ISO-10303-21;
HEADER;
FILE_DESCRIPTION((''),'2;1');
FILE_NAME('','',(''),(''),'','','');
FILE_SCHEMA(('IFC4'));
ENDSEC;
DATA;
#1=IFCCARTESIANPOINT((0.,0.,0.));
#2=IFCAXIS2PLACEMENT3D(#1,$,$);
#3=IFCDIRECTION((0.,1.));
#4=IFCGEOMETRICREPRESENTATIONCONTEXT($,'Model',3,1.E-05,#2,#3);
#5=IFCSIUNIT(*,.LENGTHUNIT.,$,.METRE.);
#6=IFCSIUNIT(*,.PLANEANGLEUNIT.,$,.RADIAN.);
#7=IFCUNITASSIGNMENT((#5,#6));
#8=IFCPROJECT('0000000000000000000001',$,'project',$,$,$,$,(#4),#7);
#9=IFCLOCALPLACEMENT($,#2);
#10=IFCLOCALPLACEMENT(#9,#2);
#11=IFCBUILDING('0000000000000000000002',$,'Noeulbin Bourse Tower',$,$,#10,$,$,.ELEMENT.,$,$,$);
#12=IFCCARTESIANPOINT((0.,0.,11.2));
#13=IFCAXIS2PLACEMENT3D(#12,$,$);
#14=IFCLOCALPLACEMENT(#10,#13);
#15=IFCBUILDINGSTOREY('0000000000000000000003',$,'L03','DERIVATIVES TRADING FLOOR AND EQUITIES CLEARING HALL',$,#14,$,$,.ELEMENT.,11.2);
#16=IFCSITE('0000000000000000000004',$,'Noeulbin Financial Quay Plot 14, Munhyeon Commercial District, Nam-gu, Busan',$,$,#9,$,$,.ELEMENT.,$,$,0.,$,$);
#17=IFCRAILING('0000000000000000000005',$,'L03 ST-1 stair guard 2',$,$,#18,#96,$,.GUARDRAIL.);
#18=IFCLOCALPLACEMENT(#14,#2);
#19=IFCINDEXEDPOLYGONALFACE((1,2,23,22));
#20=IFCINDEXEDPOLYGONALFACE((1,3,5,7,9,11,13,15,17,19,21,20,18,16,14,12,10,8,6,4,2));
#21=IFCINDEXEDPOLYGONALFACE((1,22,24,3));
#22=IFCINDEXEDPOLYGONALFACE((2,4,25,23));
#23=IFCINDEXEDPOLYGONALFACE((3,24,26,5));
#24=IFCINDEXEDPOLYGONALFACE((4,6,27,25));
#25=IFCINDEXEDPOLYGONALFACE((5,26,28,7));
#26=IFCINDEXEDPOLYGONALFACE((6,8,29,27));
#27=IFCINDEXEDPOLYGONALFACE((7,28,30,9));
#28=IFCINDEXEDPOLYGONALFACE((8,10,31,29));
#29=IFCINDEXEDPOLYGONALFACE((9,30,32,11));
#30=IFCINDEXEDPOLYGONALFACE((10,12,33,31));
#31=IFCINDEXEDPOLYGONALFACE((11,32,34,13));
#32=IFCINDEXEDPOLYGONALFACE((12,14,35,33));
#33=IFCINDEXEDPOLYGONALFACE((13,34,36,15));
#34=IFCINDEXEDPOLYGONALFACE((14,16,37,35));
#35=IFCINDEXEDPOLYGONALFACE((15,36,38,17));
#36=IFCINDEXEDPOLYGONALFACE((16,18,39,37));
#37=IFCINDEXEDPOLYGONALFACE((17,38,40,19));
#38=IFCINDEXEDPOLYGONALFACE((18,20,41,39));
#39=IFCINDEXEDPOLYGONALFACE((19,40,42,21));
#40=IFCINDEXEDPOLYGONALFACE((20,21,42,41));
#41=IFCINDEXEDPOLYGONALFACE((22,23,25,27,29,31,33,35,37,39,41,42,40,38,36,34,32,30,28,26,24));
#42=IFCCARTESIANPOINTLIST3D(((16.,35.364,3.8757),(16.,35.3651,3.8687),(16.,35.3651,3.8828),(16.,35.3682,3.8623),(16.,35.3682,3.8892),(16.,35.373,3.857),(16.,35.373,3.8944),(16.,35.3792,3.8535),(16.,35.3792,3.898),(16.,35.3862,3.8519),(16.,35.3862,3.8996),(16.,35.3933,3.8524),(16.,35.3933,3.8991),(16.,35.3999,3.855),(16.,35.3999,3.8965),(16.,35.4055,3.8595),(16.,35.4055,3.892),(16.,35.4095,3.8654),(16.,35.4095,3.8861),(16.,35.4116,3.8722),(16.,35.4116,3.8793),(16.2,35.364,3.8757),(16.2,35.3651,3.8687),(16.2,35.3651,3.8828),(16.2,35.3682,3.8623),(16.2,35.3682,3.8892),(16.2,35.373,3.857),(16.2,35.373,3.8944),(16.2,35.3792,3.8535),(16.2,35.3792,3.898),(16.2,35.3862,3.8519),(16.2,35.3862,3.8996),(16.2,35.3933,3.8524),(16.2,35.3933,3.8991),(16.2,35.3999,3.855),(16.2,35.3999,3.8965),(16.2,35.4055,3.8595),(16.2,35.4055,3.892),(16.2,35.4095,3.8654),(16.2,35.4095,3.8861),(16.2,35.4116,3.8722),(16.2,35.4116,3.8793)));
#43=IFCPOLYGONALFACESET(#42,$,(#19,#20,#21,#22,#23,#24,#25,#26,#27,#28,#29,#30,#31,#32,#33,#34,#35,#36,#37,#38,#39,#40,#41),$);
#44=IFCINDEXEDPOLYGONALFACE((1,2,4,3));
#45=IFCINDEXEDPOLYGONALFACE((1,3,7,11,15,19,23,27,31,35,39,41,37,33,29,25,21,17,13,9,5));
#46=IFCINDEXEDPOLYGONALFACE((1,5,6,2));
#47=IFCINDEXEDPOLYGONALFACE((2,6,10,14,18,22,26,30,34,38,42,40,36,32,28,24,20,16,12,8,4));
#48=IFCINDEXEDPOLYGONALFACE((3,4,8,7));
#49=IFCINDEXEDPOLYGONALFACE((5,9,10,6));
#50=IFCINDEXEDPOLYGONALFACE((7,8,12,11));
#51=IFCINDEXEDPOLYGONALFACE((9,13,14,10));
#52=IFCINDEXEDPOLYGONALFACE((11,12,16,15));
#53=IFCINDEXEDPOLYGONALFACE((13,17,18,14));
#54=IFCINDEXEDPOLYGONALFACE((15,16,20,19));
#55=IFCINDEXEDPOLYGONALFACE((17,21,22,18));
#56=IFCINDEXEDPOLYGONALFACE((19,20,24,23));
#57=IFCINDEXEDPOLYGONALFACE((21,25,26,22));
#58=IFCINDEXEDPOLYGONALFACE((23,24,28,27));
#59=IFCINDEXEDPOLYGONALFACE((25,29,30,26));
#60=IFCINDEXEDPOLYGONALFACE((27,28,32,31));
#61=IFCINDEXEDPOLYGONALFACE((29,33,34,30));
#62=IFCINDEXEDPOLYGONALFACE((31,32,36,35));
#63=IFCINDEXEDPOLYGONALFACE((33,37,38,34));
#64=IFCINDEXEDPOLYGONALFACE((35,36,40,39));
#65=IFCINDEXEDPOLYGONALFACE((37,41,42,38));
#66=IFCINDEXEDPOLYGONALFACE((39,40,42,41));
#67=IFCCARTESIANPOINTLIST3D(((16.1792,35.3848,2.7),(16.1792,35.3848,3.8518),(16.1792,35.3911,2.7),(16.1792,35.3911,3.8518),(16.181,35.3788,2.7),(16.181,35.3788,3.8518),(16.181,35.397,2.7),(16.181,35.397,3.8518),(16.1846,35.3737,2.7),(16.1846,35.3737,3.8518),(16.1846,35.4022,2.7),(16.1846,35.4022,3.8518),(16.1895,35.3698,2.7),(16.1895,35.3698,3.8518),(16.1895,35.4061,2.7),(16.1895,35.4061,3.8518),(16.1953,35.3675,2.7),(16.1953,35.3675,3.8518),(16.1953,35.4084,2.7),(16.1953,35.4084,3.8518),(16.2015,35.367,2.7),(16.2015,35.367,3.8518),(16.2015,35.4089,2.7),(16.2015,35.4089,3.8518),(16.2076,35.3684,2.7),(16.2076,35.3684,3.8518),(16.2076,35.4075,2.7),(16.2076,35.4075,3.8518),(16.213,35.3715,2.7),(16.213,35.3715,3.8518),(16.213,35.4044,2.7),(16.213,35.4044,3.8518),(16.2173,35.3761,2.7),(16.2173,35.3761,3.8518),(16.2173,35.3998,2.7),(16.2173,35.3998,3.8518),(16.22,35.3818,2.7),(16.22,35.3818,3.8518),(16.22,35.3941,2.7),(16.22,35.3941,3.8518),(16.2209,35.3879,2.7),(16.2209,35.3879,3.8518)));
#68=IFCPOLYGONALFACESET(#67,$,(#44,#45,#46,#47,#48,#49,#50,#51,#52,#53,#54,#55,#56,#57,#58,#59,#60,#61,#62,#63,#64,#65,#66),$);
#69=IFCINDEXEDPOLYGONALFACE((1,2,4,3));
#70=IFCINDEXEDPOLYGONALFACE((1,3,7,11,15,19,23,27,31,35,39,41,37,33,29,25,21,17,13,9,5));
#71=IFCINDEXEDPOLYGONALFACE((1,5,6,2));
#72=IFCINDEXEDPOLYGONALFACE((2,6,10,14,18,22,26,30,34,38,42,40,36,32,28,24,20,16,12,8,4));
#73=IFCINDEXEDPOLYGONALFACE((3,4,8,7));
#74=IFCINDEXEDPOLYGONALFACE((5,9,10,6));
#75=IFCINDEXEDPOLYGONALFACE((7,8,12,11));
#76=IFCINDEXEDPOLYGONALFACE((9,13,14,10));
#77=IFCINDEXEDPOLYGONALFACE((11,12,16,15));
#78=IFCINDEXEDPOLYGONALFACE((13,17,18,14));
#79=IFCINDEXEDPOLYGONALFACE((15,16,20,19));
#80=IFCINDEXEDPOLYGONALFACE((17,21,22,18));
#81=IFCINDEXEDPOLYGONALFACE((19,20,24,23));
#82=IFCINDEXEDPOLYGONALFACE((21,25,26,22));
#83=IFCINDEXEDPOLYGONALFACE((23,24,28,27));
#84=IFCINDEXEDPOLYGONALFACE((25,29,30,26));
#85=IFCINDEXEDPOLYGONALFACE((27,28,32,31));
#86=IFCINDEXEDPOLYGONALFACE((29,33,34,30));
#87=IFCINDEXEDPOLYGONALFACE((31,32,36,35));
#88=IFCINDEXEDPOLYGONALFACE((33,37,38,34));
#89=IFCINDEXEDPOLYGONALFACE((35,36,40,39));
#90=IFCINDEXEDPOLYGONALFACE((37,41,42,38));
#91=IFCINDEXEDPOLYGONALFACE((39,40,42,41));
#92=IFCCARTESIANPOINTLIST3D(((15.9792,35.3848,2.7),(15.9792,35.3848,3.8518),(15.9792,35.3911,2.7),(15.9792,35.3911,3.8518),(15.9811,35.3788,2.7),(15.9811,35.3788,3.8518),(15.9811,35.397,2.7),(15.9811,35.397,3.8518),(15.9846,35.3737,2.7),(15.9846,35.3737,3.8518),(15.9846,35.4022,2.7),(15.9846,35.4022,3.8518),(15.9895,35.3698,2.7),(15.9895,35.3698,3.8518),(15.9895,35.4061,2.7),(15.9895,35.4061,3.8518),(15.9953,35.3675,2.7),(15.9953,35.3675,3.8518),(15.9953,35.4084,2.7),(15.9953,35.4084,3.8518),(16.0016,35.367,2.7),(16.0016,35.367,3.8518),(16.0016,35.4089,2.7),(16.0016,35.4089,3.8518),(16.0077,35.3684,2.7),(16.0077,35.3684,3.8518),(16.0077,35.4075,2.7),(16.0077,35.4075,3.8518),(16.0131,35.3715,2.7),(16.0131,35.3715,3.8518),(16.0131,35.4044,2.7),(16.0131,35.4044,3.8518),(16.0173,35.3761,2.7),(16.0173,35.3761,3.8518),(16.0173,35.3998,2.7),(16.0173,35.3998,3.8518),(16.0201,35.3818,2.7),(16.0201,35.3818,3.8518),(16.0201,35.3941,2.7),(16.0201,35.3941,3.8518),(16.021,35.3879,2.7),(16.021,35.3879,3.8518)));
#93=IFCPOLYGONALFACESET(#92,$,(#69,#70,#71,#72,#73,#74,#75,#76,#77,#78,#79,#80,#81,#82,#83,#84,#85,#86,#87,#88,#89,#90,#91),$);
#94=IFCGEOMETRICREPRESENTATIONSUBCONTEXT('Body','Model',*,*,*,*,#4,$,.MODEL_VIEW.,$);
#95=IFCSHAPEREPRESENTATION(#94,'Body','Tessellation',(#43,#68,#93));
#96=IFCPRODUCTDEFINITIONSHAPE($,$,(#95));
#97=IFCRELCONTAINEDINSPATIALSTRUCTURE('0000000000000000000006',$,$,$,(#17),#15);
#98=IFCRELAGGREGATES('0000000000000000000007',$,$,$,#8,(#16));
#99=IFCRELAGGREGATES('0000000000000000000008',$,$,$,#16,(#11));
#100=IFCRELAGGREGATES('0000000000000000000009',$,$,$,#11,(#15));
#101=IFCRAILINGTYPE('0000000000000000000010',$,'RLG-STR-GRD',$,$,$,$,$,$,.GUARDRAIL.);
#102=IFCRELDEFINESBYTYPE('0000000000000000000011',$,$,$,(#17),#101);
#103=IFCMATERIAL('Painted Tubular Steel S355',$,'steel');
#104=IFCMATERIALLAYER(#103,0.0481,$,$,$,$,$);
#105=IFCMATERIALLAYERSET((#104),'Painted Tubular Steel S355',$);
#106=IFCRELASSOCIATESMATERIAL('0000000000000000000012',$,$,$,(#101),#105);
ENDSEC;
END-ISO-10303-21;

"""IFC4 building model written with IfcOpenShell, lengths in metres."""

from ifc_helpers import new_model, si_unit, direction, frame, origin, origin_2d, place, context, subcontext, project, spatial, circle, extrude, material, layer, layer_set, type_object, element, save


model = new_model("IFC4")

# Units and contexts
model_context = context("Model", 3, precision=1e-05, world=origin(), true_north=direction((0.0, 1.0)))
body_context = subcontext(model_context, "Body", "Model", "MODEL_VIEW")
ifc_project = project(units=[si_unit("LENGTHUNIT", "METRE"), si_unit("PLANEANGLEUNIT", "RADIAN")], contexts=[model_context])

# Site, building, storey
site_placement = place(None, origin())
site = spatial("IfcSite", under=ifc_project, at=site_placement, Name="Noeulbin Financial Quay Plot 14, Munhyeon Commercial District, Nam-gu, Busan", CompositionType="ELEMENT", RefElevation=0.0)
building_placement = place(site_placement, origin())
building = spatial("IfcBuilding", under=site, at=building_placement, Name="Noeulbin Bourse Tower", CompositionType="ELEMENT")
storey_placement = place(building_placement, frame((0.0, 0.0, 11.2)))
storey = spatial("IfcBuildingStorey", under=building, at=storey_placement, Name="L03", Description="DERIVATIVES TRADING FLOOR AND EQUITIES CLEARING HALL", CompositionType="ELEMENT", Elevation=11.2)

# Railing
ifc_material_1 = material(Name="Painted Tubular Steel S355", Category="steel")
ifc_layer_1 = layer(ifc_material_1, 0.0481)
ifc_layer_set_1 = layer_set([ifc_layer_1], Name="Painted Tubular Steel S355")
railing_type_1 = type_object("IfcRailingType", Name="RLG-STR-GRD", PredefinedType="GUARDRAIL", material=ifc_layer_set_1)
railing_1_placement = place(storey_placement, frame((16.2, 35.3879, 2.7)))
element("IfcRailing", 1, at=railing_1_placement, inside=storey, type_object=railing_type_1, Name="L03 ST-1 stair guard 2", PredefinedType="GUARDRAIL", context=body_context, shape_type="SweptSolid", body=[
    extrude(circle(Radius=0.0239, at=origin_2d()), frame((0.0, 0.0, 1.1758), z_axis=(-1.0, 0.0, 0.0), x_axis=(0.0, -1.0, 0.0)), (0.0, 0.0, 1.0), 0.2),
    extrude(circle(Radius=0.021, at=origin_2d()), origin(), (0.0, 0.0, 1.0), 1.1519),
    extrude(circle(Radius=0.021, at=origin_2d()), frame((-0.2, 0.0, 0.0)), (0.0, 0.0, 1.0), 1.1519),
])

save(model, "model.ifc")
